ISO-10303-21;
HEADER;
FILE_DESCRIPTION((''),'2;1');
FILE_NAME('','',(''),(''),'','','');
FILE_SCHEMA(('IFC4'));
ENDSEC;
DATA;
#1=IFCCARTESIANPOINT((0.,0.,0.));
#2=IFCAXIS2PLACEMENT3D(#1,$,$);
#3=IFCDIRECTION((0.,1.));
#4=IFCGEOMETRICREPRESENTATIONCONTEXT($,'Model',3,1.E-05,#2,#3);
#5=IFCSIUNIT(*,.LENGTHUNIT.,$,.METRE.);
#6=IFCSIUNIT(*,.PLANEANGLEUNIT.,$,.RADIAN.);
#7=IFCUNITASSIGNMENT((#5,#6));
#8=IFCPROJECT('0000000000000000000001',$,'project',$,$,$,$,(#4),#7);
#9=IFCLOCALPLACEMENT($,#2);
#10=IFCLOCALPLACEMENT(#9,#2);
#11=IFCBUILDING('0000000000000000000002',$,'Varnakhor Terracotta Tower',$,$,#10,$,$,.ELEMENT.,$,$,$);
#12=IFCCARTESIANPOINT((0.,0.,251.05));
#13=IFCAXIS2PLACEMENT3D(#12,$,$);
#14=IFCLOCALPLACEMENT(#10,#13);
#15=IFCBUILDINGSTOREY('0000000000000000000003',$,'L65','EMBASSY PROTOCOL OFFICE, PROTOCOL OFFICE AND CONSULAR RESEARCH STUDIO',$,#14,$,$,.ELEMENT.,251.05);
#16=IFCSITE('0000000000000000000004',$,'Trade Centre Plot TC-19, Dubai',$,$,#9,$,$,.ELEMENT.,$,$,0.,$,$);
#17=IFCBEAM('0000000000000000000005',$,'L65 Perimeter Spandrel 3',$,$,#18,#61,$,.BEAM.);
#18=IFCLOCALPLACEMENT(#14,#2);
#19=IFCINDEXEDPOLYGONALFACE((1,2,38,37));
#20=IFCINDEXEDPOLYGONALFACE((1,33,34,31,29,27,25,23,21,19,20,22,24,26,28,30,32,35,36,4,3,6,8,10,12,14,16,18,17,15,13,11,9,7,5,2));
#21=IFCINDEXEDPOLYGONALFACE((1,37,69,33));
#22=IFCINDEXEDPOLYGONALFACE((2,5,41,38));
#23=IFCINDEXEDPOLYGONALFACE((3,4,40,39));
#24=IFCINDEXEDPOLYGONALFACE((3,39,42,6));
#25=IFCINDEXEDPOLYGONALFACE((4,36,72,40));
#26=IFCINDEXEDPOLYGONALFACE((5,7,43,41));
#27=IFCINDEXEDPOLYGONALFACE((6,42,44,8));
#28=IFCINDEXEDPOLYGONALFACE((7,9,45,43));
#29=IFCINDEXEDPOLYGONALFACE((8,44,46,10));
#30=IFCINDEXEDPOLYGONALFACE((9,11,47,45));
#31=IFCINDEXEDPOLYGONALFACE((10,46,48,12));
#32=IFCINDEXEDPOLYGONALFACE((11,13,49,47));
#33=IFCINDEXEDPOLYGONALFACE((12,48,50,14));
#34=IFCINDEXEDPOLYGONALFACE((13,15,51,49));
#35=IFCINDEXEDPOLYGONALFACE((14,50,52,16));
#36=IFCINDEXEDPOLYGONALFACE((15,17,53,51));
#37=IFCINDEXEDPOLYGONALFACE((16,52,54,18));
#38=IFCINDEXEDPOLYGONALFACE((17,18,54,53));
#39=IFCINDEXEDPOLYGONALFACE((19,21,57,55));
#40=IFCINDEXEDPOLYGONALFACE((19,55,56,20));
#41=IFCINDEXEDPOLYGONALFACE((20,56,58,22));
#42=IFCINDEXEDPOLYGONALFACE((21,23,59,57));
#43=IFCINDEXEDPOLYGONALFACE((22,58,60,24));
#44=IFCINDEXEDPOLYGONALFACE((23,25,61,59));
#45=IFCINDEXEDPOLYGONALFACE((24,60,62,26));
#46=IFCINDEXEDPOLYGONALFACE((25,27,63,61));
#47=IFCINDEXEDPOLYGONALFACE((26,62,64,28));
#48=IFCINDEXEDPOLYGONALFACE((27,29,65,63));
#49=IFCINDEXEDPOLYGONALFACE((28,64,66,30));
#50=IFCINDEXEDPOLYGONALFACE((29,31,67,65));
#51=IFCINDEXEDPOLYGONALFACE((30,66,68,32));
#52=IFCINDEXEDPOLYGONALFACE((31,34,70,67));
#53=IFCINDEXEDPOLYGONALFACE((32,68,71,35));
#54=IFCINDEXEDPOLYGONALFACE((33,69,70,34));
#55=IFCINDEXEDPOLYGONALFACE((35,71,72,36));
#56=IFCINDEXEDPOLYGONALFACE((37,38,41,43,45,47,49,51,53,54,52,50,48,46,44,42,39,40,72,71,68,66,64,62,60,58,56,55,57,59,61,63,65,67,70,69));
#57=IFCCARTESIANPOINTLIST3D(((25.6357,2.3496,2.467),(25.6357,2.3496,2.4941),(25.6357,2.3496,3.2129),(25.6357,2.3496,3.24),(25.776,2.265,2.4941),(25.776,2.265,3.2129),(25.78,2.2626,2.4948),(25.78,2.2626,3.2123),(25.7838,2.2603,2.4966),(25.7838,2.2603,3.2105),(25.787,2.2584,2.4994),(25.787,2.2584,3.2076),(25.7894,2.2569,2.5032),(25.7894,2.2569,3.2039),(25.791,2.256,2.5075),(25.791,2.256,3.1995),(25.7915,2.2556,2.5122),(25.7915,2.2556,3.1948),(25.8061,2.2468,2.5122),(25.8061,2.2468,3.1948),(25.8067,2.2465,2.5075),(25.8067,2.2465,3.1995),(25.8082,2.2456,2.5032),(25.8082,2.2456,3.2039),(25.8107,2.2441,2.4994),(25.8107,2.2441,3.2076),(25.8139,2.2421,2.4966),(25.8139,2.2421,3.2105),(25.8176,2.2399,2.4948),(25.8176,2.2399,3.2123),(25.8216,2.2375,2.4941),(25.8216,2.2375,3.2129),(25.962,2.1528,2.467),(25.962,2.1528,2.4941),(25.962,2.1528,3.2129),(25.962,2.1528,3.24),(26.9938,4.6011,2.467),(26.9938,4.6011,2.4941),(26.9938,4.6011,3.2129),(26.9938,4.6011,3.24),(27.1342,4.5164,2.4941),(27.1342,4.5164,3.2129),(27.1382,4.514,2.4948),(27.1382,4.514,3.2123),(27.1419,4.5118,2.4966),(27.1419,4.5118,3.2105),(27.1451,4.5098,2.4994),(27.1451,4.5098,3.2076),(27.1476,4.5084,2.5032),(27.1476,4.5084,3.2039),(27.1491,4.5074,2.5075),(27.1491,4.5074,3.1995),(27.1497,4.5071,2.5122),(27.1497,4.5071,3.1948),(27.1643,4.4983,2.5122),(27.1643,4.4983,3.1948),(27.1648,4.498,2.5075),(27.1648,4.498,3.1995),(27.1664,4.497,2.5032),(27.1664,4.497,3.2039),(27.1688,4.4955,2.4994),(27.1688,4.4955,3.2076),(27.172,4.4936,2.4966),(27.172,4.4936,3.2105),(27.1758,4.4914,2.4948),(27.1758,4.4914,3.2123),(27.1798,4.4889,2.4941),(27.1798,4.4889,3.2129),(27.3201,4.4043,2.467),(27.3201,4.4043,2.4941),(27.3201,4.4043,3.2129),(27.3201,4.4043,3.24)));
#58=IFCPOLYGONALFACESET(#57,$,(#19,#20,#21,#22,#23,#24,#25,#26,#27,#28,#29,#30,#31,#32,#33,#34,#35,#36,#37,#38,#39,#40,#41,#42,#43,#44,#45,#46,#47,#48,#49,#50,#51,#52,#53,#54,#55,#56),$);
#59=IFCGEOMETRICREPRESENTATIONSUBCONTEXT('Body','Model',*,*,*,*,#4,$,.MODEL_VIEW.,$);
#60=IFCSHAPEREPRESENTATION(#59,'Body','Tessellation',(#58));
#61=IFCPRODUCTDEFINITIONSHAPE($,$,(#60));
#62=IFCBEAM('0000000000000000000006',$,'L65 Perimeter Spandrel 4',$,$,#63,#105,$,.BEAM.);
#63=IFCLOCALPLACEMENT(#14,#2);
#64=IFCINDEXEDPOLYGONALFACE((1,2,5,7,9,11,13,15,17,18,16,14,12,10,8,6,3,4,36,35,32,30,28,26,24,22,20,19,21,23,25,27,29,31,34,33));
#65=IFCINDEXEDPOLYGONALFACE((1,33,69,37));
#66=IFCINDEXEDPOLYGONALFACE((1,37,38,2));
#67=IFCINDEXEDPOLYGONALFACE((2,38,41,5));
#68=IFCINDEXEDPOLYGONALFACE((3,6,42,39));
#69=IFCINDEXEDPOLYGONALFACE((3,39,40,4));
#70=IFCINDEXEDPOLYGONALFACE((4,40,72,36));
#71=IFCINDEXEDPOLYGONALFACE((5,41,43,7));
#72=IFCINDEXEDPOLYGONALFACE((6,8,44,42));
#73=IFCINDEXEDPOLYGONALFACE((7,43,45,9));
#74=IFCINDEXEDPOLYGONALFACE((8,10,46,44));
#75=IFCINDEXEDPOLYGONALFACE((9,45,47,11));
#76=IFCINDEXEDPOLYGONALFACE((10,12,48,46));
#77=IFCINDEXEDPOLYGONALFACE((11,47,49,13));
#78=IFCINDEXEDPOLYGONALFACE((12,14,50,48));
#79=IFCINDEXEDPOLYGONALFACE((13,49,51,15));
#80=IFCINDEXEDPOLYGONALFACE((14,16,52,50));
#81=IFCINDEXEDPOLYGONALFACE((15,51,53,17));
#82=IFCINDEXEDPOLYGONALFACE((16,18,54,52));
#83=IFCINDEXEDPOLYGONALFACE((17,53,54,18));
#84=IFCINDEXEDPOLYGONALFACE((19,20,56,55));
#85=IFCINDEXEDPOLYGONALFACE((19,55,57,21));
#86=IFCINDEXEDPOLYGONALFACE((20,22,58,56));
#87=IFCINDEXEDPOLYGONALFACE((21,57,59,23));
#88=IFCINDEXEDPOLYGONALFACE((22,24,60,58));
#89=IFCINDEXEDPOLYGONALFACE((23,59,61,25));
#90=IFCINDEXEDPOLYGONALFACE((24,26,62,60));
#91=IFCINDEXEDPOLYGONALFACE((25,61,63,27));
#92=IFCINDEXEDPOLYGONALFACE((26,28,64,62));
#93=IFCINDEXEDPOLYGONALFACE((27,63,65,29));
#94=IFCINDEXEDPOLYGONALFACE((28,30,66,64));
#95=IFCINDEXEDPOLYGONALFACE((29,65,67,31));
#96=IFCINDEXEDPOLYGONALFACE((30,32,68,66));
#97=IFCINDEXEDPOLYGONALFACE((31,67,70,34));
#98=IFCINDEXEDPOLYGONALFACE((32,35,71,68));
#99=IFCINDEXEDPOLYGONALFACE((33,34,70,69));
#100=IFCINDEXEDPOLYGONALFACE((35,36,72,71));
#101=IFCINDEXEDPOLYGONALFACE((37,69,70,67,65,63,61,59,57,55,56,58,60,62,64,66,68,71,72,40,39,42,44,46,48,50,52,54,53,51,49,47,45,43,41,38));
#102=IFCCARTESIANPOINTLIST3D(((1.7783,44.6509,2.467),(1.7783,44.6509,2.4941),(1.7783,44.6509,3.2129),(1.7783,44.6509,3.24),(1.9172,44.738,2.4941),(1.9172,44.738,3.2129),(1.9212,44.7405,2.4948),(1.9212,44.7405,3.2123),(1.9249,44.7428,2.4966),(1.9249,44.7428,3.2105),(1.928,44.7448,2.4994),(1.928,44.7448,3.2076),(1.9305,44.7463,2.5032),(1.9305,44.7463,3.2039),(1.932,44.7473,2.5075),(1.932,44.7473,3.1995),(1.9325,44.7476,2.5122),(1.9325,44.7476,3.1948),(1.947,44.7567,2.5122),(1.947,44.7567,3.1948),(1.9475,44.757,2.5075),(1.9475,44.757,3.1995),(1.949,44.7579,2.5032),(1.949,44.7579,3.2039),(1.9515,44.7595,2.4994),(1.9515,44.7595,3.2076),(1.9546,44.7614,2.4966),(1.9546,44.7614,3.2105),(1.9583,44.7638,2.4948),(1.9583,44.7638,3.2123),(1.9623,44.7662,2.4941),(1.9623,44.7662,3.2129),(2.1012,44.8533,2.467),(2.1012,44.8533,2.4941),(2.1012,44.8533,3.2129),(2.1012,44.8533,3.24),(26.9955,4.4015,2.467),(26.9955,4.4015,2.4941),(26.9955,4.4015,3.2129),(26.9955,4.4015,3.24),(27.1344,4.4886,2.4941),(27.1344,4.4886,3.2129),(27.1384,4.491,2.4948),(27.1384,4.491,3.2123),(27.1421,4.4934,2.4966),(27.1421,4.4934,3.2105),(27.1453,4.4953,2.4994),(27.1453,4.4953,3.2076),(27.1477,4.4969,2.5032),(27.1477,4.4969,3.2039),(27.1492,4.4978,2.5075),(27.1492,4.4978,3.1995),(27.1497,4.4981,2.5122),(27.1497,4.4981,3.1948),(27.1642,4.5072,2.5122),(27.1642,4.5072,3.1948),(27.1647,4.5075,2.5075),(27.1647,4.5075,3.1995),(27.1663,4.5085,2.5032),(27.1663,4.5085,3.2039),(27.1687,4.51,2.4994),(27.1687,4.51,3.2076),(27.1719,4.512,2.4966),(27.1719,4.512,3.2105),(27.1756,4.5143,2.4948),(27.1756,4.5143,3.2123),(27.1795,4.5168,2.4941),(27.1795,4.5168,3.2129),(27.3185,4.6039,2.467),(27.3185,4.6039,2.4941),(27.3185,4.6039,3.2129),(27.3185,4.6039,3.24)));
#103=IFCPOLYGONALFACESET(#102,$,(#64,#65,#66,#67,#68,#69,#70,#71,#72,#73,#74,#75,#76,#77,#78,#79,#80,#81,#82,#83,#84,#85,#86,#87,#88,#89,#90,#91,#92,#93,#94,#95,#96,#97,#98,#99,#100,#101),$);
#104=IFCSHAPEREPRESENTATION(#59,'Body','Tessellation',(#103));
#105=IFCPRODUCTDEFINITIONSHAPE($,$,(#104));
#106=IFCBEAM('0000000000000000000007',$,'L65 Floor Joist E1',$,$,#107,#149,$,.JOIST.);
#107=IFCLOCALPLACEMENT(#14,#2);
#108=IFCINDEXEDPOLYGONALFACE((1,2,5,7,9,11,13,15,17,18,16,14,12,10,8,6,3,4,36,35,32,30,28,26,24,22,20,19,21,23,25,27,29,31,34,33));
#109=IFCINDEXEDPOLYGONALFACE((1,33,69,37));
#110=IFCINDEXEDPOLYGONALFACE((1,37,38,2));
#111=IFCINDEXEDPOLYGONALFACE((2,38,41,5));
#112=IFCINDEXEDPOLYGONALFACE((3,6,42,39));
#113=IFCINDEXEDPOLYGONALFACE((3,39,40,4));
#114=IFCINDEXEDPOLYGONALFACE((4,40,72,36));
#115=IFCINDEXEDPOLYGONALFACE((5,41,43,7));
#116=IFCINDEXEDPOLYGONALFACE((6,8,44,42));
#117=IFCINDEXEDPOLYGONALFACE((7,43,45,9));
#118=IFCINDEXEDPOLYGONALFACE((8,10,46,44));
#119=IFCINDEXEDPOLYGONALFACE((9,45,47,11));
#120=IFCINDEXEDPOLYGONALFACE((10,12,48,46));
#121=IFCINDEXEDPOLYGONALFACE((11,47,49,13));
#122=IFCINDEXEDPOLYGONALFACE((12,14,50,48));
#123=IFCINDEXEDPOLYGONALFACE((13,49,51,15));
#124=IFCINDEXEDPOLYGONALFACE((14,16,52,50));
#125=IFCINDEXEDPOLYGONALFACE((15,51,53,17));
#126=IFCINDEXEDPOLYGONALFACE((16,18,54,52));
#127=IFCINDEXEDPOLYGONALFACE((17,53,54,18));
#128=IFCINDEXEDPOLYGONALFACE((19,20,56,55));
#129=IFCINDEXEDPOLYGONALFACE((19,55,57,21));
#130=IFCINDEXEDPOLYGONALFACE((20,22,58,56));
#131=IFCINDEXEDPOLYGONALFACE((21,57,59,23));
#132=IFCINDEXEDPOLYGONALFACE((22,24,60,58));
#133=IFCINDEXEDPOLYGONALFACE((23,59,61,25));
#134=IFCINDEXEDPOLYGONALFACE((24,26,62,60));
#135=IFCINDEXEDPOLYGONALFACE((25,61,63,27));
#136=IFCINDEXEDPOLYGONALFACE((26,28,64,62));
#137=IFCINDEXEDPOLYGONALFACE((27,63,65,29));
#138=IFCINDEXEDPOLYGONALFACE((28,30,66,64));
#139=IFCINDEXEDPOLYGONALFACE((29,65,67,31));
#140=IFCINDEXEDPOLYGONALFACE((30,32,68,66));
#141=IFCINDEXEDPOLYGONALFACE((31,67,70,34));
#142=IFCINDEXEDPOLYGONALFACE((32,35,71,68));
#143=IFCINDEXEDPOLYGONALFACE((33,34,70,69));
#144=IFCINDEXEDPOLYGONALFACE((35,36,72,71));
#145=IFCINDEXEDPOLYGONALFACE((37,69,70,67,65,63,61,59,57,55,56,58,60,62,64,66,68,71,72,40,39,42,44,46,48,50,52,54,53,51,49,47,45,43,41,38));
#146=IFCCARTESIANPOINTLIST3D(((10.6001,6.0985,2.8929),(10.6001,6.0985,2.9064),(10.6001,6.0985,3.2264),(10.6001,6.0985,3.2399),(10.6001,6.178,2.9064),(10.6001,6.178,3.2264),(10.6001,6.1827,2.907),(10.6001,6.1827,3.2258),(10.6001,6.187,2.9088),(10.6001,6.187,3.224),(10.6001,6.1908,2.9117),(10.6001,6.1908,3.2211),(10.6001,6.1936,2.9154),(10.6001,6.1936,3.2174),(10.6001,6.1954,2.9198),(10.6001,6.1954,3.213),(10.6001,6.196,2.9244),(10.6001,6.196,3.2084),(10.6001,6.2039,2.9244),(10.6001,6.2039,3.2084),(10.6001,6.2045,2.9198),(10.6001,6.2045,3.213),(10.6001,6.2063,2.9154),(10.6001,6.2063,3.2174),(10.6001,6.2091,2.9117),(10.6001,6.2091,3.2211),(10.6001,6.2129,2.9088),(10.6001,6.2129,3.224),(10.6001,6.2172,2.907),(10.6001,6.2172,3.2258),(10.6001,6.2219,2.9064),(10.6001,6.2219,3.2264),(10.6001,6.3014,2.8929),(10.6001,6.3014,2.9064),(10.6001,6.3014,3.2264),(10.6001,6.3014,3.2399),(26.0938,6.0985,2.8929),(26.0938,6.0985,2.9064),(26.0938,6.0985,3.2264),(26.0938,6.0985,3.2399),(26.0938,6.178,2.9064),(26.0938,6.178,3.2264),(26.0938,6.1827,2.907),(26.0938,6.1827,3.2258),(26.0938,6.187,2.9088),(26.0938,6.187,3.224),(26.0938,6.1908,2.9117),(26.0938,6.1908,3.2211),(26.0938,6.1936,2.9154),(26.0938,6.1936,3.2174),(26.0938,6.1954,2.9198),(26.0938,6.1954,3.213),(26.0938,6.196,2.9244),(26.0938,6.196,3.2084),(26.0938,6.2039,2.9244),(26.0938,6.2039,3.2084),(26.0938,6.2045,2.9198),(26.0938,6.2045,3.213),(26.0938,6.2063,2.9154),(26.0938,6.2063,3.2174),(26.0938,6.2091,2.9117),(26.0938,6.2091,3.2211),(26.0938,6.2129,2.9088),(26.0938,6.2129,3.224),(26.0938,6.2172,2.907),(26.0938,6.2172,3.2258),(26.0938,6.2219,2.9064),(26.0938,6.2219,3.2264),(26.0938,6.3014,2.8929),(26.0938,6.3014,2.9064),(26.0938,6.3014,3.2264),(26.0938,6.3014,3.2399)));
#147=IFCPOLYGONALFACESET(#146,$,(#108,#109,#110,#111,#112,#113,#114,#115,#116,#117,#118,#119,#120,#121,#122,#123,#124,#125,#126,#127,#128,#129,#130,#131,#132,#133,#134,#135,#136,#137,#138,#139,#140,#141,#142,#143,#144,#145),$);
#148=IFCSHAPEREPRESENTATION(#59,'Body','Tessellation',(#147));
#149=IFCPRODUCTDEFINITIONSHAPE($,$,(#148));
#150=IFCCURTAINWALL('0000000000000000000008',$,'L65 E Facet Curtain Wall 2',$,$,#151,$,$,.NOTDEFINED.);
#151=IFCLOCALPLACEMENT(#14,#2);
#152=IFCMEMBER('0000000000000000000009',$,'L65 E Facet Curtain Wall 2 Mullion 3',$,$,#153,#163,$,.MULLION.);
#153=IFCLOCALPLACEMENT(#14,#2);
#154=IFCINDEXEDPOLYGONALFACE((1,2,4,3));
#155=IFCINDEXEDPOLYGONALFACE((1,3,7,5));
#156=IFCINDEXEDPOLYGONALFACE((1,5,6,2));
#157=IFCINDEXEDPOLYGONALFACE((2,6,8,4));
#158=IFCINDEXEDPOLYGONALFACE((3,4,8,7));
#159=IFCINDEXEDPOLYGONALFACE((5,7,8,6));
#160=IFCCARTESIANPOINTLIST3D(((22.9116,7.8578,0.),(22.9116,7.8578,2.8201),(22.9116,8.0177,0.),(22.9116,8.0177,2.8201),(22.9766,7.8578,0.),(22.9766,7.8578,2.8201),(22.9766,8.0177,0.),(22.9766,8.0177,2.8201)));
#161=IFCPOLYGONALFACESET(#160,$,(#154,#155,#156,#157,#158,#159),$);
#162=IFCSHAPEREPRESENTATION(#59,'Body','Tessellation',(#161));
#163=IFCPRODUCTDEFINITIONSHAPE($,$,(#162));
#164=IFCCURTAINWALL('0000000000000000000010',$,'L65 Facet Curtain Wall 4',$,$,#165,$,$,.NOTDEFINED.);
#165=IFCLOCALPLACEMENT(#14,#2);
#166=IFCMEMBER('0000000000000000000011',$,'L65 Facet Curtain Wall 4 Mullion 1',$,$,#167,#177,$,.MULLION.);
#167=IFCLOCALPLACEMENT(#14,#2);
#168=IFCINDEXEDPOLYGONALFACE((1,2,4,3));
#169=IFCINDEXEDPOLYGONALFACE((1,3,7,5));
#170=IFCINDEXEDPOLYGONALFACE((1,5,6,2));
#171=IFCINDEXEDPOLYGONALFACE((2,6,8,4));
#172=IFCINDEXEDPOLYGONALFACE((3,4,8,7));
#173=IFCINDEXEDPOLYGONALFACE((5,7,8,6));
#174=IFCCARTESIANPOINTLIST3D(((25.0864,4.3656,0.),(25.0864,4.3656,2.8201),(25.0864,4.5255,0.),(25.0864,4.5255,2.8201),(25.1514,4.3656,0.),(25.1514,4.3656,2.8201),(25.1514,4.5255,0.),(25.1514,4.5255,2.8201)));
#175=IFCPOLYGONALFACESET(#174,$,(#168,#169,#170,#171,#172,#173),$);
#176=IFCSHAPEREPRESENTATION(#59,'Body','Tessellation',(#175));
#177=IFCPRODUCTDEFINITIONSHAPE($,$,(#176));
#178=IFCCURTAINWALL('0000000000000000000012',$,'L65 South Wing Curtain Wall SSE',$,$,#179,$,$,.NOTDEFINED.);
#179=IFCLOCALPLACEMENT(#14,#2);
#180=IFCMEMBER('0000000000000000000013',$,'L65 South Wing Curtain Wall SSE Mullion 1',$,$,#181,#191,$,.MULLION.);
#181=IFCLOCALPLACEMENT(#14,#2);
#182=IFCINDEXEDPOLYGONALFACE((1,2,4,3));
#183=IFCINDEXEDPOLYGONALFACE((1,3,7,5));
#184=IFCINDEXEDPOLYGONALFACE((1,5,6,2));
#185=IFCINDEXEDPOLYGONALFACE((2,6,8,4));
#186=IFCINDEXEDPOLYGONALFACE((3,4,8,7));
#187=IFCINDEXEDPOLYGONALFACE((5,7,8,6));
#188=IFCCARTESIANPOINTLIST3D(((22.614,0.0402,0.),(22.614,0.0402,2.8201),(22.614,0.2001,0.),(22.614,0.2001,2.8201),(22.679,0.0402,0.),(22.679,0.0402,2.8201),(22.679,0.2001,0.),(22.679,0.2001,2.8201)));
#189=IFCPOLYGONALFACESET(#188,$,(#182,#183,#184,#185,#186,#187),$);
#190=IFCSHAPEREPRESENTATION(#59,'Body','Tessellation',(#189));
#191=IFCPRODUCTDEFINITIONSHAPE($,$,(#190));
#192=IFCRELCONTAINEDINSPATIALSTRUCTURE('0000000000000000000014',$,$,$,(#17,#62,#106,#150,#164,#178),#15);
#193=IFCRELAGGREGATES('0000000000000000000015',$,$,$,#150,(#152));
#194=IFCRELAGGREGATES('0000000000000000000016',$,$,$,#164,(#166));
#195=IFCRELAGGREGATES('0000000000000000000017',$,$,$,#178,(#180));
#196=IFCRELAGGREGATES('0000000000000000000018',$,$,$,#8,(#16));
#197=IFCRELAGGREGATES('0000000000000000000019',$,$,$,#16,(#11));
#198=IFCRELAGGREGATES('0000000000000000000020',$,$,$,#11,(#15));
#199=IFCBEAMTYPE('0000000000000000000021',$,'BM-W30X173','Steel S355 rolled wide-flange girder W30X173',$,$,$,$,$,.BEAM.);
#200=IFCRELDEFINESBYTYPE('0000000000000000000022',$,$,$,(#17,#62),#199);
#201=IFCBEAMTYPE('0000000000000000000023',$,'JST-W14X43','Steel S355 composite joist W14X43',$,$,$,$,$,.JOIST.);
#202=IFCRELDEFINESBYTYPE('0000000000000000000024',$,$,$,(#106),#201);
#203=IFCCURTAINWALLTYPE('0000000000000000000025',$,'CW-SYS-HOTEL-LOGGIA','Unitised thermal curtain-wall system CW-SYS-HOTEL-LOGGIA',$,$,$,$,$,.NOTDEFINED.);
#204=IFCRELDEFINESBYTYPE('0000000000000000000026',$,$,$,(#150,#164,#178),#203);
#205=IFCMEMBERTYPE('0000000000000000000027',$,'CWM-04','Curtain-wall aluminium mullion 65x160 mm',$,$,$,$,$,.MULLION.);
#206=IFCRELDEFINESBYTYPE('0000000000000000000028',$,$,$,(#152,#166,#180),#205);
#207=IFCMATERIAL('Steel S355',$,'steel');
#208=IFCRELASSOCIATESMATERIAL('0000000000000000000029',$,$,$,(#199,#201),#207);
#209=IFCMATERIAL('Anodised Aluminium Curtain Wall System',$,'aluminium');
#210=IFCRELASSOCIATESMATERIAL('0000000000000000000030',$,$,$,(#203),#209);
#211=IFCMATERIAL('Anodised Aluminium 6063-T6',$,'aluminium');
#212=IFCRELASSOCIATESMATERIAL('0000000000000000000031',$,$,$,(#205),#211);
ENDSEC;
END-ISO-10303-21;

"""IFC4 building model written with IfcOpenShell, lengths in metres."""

from ifc_helpers import new_model, si_unit, direction, frame, origin, origin_2d, place, context, subcontext, project, spatial, rectangle, i_section, extrude, source, transform, mapped, material, material_profile, profile_set, type_object, type_shapes, element, aggregate, save


model = new_model("IFC4")

# Units and contexts
model_context = context("Model", 3, precision=1e-05, world=origin(), true_north=direction((0.0, 1.0)))
body_context = subcontext(model_context, "Body", "Model", "MODEL_VIEW")
ifc_project = project(units=[si_unit("LENGTHUNIT", "METRE"), si_unit("PLANEANGLEUNIT", "RADIAN")], contexts=[model_context])

# Site, building, storey
site_placement = place(None, origin())
site = spatial("IfcSite", under=ifc_project, at=site_placement, Name="Trade Centre Plot TC-19, Dubai", CompositionType="ELEMENT", RefElevation=0.0)
building_placement = place(site_placement, origin())
building = spatial("IfcBuilding", under=site, at=building_placement, Name="Varnakhor Terracotta Tower", CompositionType="ELEMENT")
storey_placement = place(building_placement, frame((0.0, 0.0, 251.05)))
storey = spatial("IfcBuildingStorey", under=building, at=storey_placement, Name="L65", Description="EMBASSY PROTOCOL OFFICE, PROTOCOL OFFICE AND CONSULAR RESEARCH STUDIO", CompositionType="ELEMENT", Elevation=251.05)

# Shared definitions
ifc_material_1 = material(Name="Steel S355", Category="steel")

# Beams
ifc_material_profile_1 = material_profile(ifc_material_1, i_section(OverallWidth=0.3811, OverallDepth=0.7729, WebThickness=0.0171, FlangeThickness=0.0271, FilletRadius=0.0181, at=origin_2d()), Name="W30X173")
ifc_profile_set_1 = profile_set([ifc_material_profile_1], Name="Steel S355")
beam_type_1 = type_object("IfcBeamType", Name="BM-W30X173", Description="Steel S355 rolled wide-flange girder W30X173", PredefinedType="BEAM", material=ifc_profile_set_1)
shared_shape_1 = source(origin(), body_context, "Body", "SweptSolid", [
    extrude(i_section(OverallWidth=0.3811, OverallDepth=0.7729, WebThickness=0.0171, FlangeThickness=0.0271, FilletRadius=0.0181, at=origin_2d()), origin(), (0.0, 0.0, 1.0), 2.6294),
])
beam_1_placement = place(storey_placement, frame((25.7988, 2.2512, 2.8535), z_axis=(0.516529, 0.85627, 0.0), x_axis=(-0.85627, 0.516529, 0.0)))
element("IfcBeam", 1, at=beam_1_placement, inside=storey, type_object=beam_type_1, Name="L65 Perimeter Spandrel 3", PredefinedType="BEAM", context=body_context, shape_type="MappedRepresentation", body=[
    mapped(shared_shape_1, transform((0.0, 0.0, 0.0), scale=1.0)),
])
shared_shape_2 = source(origin(), body_context, "Body", "SweptSolid", [
    extrude(i_section(OverallWidth=0.3811, OverallDepth=0.7729, WebThickness=0.0171, FlangeThickness=0.0271, FilletRadius=0.0181, at=origin_2d()), origin(), (0.0, 0.0, 1.0), 47.4966),
])
beam_2_placement = place(storey_placement, frame((27.157, 4.5027, 2.8535), z_axis=(-0.530927, 0.847417, 0.0), x_axis=(-0.847417, -0.530927, 0.0)))
element("IfcBeam", 2, at=beam_2_placement, inside=storey, type_object=beam_type_1, Name="L65 Perimeter Spandrel 4", PredefinedType="BEAM", context=body_context, shape_type="MappedRepresentation", body=[
    mapped(shared_shape_2, transform((0.0, 0.0, 0.0), scale=1.0)),
])
ifc_material_profile_2 = material_profile(ifc_material_1, i_section(OverallWidth=0.2029, OverallDepth=0.3469, WebThickness=0.0078, FlangeThickness=0.0134, FilletRadius=0.0181, at=origin_2d()), Name="W14X43")
ifc_profile_set_2 = profile_set([ifc_material_profile_2], Name="Steel S355")
beam_type_2 = type_object("IfcBeamType", Name="JST-W14X43", Description="Steel S355 composite joist W14X43", PredefinedType="JOIST", material=ifc_profile_set_2)
shared_shape_3 = source(origin(), body_context, "Body", "SweptSolid", [
    extrude(i_section(OverallWidth=0.2029, OverallDepth=0.3469, WebThickness=0.0078, FlangeThickness=0.0134, FilletRadius=0.0181, at=origin_2d()), origin(), (0.0, 0.0, 1.0), 15.4937),
])
beam_3_placement = place(storey_placement, frame((10.6001, 6.2, 3.0664), z_axis=(1.0, 0.0, 0.0), x_axis=(0.0, 1.0, 0.0)))
element("IfcBeam", 3, at=beam_3_placement, inside=storey, type_object=beam_type_2, Name="L65 Floor Joist E1", PredefinedType="JOIST", context=body_context, shape_type="MappedRepresentation", body=[
    mapped(shared_shape_3, transform((0.0, 0.0, 0.0), scale=1.0)),
])

# Curtain walls, members
ifc_material_2 = material(Name="Anodised Aluminium Curtain Wall System", Category="aluminium")
curtain_wall_type = type_object("IfcCurtainWallType", Name="CW-SYS-HOTEL-LOGGIA", Description="Unitised thermal curtain-wall system CW-SYS-HOTEL-LOGGIA", PredefinedType="NOTDEFINED", material=ifc_material_2)
curtain_wall_1_placement = place(storey_placement, origin())
curtain_wall_1 = element("IfcCurtainWall", 4, at=curtain_wall_1_placement, inside=storey, type_object=curtain_wall_type, Name="L65 E Facet Curtain Wall 2", PredefinedType="NOTDEFINED")
ifc_material_3 = material(Name="Anodised Aluminium 6063-T6", Category="aluminium")
ifc_material_profile_3 = material_profile(ifc_material_3, rectangle(XDim=0.0649, YDim=0.1599, at=origin_2d()), Name="ALU MULLION 65x160")
ifc_profile_set_3 = profile_set([ifc_material_profile_3], Name="Anodised Aluminium 6063-T6")
member_type_1 = type_object("IfcMemberType", Name="CWM-04", Description="Curtain-wall aluminium mullion 65x160 mm", PredefinedType="MULLION", material=ifc_profile_set_3)
shared_shape_4 = source(origin(), body_context, "Body", "SweptSolid", [
    extrude(rectangle(XDim=0.0649, YDim=0.1599, at=origin_2d()), origin(), (0.0, 0.0, 1.0), 2.8201),
])
type_shapes(member_type_1, [shared_shape_4])
member_1_placement = place(storey_placement, frame((22.9441, 7.9377, 0.0), z_axis=(0.0, 0.0, 1.0), x_axis=(1.0, 0.0, 0.0)))
member_1 = element("IfcMember", 5, at=member_1_placement, type_object=member_type_1, Name="L65 E Facet Curtain Wall 2 Mullion 3", PredefinedType="MULLION", context=body_context, shape_type="MappedRepresentation", body=[
    mapped(shared_shape_4, transform((0.0, 0.0, 0.0), scale=1.0)),
])
curtain_wall_2_placement = place(storey_placement, origin())
curtain_wall_2 = element("IfcCurtainWall", 6, at=curtain_wall_2_placement, inside=storey, type_object=curtain_wall_type, Name="L65 Facet Curtain Wall 4", PredefinedType="NOTDEFINED")
member_2_placement = place(storey_placement, frame((25.1189, 4.4456, 0.0), z_axis=(0.0, 0.0, 1.0), x_axis=(1.0, 0.0, 0.0)))
member_2 = element("IfcMember", 7, at=member_2_placement, type_object=member_type_1, Name="L65 Facet Curtain Wall 4 Mullion 1", PredefinedType="MULLION", context=body_context, shape_type="MappedRepresentation", body=[
    mapped(shared_shape_4, transform((0.0, 0.0, 0.0), scale=1.0)),
])

# Curtain wall, member
curtain_wall_3_placement = place(storey_placement, origin())
curtain_wall_3 = element("IfcCurtainWall", 8, at=curtain_wall_3_placement, inside=storey, type_object=curtain_wall_type, Name="L65 South Wing Curtain Wall SSE", PredefinedType="NOTDEFINED")
member_3_placement = place(storey_placement, frame((22.6465, 0.1201, 0.0), z_axis=(0.0, 0.0, 1.0), x_axis=(1.0, 0.0, 0.0)))
member_3 = element("IfcMember", 9, at=member_3_placement, type_object=member_type_1, Name="L65 South Wing Curtain Wall SSE Mullion 1", PredefinedType="MULLION", context=body_context, shape_type="MappedRepresentation", body=[
    mapped(shared_shape_4, transform((0.0, 0.0, 0.0), scale=1.0)),
])

aggregate(curtain_wall_1, [member_1])
aggregate(curtain_wall_2, [member_2])
aggregate(curtain_wall_3, [member_3])

save(model, "model.ifc")
